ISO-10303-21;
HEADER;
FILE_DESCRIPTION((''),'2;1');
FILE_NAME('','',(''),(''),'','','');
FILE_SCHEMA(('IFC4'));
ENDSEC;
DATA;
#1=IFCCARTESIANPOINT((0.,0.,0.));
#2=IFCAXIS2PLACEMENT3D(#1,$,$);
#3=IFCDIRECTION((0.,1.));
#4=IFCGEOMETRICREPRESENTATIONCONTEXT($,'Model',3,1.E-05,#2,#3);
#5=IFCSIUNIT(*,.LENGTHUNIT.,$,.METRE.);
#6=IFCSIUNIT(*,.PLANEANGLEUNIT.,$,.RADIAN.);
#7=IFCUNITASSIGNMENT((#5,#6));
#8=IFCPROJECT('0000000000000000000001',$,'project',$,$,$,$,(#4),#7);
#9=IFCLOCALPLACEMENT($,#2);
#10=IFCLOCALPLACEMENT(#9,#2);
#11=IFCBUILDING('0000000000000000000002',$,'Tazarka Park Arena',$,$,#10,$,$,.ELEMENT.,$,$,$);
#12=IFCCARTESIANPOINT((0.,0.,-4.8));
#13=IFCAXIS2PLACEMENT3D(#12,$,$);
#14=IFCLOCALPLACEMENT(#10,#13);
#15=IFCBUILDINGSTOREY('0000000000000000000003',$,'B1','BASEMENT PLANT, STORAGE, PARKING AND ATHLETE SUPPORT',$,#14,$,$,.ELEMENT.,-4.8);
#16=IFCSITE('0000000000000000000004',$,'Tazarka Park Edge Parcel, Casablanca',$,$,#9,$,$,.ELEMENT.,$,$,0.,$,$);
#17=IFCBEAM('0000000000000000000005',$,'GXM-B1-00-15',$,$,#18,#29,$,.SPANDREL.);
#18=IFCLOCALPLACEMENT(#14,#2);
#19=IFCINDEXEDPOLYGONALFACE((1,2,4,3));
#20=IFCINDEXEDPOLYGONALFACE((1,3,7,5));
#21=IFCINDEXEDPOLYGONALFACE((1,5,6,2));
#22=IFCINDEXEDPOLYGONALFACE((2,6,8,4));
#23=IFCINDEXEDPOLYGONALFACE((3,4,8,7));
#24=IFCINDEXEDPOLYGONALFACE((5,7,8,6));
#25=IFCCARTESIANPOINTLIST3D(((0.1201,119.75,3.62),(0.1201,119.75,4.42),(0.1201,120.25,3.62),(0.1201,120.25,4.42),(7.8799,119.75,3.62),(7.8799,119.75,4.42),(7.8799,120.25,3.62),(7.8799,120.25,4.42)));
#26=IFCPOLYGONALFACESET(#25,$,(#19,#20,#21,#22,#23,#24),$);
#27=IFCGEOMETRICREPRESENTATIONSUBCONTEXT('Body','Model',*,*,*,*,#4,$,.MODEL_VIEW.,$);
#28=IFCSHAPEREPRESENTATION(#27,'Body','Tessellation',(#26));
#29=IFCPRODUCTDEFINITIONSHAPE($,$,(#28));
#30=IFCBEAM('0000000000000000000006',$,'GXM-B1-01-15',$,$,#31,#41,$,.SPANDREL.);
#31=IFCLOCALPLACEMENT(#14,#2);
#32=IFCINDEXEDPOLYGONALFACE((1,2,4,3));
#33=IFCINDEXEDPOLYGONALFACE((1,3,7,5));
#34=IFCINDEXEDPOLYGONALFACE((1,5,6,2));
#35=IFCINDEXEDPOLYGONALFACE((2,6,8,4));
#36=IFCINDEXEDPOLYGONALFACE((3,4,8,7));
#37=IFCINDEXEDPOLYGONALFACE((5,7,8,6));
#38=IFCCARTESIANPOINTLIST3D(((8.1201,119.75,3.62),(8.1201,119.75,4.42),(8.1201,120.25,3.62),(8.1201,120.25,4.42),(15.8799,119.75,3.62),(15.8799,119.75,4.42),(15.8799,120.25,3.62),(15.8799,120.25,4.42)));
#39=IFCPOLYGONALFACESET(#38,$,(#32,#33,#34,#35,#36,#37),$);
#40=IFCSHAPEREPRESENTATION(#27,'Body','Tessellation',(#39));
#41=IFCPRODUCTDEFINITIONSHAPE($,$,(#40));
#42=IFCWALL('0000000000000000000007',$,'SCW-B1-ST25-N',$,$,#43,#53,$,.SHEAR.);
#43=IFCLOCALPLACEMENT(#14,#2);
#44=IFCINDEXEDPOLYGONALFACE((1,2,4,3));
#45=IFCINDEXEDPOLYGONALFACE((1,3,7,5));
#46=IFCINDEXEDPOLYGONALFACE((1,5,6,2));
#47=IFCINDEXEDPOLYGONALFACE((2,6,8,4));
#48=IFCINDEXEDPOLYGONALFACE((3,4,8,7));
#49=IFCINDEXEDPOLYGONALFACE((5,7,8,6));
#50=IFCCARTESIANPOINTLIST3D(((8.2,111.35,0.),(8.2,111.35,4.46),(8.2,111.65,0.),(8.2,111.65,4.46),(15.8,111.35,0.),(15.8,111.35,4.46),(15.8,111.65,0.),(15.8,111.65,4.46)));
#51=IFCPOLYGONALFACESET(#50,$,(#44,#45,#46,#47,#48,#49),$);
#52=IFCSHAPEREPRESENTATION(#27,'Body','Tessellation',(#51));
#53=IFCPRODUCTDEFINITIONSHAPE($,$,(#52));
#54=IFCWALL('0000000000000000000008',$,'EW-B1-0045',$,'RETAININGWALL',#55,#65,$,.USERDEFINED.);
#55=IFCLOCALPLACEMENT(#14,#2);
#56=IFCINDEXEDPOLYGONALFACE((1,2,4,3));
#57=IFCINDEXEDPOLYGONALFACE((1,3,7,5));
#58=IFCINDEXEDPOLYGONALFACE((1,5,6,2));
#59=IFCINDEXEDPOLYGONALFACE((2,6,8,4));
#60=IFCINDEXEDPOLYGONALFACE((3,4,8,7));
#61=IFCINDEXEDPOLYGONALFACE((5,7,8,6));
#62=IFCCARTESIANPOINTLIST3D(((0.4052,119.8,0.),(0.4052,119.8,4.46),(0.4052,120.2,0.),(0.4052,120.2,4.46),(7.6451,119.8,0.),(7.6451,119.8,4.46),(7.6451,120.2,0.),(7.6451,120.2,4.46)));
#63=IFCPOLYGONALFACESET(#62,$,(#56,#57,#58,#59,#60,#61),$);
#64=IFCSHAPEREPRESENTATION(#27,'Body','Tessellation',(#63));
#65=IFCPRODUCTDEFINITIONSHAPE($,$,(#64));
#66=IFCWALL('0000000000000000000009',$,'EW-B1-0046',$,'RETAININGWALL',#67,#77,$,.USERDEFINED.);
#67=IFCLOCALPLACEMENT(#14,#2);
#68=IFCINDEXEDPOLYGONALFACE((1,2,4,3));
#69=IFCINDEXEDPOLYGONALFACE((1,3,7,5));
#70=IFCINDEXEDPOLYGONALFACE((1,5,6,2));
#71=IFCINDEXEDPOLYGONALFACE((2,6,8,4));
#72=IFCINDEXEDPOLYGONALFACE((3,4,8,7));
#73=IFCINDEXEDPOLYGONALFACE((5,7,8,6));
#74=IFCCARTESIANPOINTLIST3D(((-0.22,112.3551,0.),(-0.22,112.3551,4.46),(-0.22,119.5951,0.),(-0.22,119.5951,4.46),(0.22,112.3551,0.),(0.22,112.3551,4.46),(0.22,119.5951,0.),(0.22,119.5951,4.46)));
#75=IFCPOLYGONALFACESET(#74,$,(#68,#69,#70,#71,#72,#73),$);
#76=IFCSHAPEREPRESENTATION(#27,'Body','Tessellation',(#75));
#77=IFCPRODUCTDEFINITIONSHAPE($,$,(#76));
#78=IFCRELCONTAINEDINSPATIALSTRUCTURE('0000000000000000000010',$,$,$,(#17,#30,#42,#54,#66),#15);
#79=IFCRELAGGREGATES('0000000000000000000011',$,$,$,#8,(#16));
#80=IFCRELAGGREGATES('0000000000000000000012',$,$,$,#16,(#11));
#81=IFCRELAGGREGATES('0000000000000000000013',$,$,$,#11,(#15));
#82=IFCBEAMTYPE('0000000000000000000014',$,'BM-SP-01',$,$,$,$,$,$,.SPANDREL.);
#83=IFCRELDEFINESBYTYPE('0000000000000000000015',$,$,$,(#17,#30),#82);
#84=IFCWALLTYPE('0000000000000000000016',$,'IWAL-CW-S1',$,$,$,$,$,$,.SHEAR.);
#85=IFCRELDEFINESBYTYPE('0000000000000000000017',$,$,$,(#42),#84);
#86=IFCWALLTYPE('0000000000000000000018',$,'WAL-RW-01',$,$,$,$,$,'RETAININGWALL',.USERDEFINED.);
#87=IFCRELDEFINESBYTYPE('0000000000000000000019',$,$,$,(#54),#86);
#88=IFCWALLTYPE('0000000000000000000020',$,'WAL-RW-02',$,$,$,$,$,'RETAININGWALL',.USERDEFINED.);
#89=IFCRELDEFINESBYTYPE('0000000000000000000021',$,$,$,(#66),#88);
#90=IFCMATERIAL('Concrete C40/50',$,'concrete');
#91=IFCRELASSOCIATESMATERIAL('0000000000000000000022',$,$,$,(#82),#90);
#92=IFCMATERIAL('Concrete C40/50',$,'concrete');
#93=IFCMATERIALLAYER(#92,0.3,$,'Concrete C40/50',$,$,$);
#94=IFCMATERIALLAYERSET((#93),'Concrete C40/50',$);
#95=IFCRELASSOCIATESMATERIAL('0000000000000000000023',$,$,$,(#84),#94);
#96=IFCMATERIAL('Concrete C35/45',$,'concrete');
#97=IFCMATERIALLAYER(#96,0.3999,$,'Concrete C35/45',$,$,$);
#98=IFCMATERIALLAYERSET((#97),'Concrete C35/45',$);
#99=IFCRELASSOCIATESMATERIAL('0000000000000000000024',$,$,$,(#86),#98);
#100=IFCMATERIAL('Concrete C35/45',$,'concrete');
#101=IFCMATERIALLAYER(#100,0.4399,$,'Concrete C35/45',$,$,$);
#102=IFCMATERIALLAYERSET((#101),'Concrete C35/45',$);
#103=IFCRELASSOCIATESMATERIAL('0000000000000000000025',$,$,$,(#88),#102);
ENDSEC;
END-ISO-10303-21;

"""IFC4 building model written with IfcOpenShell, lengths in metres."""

from ifc_helpers import new_model, si_unit, direction, frame, frame_2d, origin, origin_2d, place, context, subcontext, project, spatial, rectangle, extrude, material, layer, layer_set, material_profile, profile_set, type_object, element, save


model = new_model("IFC4")

# Units and contexts
model_context = context("Model", 3, precision=1e-05, world=origin(), true_north=direction((0.0, 1.0)))
body_context = subcontext(model_context, "Body", "Model", "MODEL_VIEW")
ifc_project = project(units=[si_unit("LENGTHUNIT", "METRE"), si_unit("PLANEANGLEUNIT", "RADIAN")], contexts=[model_context])

# Site, building, storey
site_placement = place(None, origin())
site = spatial("IfcSite", under=ifc_project, at=site_placement, Name="Tazarka Park Edge Parcel, Casablanca", CompositionType="ELEMENT", RefElevation=0.0)
building_placement = place(site_placement, origin())
building = spatial("IfcBuilding", under=site, at=building_placement, Name="Tazarka Park Arena", CompositionType="ELEMENT")
storey_placement = place(building_placement, frame((0.0, 0.0, -4.8)))
storey = spatial("IfcBuildingStorey", under=building, at=storey_placement, Name="B1", Description="BASEMENT PLANT, STORAGE, PARKING AND ATHLETE SUPPORT", CompositionType="ELEMENT", Elevation=-4.8)

# Beams
ifc_material_1 = material(Name="Concrete C40/50", Category="concrete")
ifc_material_profile_1 = material_profile(ifc_material_1, rectangle(XDim=0.5, YDim=0.8, at=origin_2d()), Name="Concrete C40/50")
ifc_profile_set_1 = profile_set([ifc_material_profile_1], Name="Concrete C40/50")
beam_type_1 = type_object("IfcBeamType", Name="BM-SP-01", PredefinedType="SPANDREL", material=ifc_profile_set_1)
for number, where, z_axis, x_axis, name in (
    (1, (0.1201, 120.0, 4.02), (1.0, 0.0, 0.0), (0.0, 1.0, 0.0), "GXM-B1-00-15"),
    (2, (8.1201, 120.0, 4.02), (1.0, 0.0, 0.0), (0.0, 1.0, 0.0), "GXM-B1-01-15"),
):
    element("IfcBeam", number, at=place(storey_placement, frame(where, z_axis=z_axis, x_axis=x_axis)), inside=storey, type_object=beam_type_1, Name=name, PredefinedType="SPANDREL", context=body_context, shape_type="SweptSolid", body=[
        extrude(rectangle(XDim=0.5, YDim=0.8, at=origin_2d()), origin(), (0.0, 0.0, 1.0), 7.7598),
    ])

# Walls
ifc_material_2 = material(Name="Concrete C40/50", Category="concrete")
ifc_layer_1 = layer(ifc_material_2, 0.3, Name="Concrete C40/50")
ifc_layer_set_1 = layer_set([ifc_layer_1], Name="Concrete C40/50")
wall_type_1 = type_object("IfcWallType", Name="IWAL-CW-S1", PredefinedType="SHEAR", material=ifc_layer_set_1)
wall_1_placement = place(storey_placement, frame((8.2, 111.5, 0.0), z_axis=(0.0, 0.0, 1.0), x_axis=(1.0, 0.0, 0.0)))
element("IfcWall", 3, at=wall_1_placement, inside=storey, type_object=wall_type_1, Name="SCW-B1-ST25-N", PredefinedType="SHEAR", context=body_context, shape_type="SweptSolid", body=[
    extrude(rectangle(XDim=7.6001, YDim=0.3, at=frame_2d((3.8, 0.0))), origin(), (0.0, 0.0, 1.0), 4.46),
])
ifc_material_3 = material(Name="Concrete C35/45", Category="concrete")
ifc_layer_2 = layer(ifc_material_3, 0.3999, Name="Concrete C35/45")
ifc_layer_set_2 = layer_set([ifc_layer_2], Name="Concrete C35/45")
wall_type_2 = type_object("IfcWallType", Name="WAL-RW-01", ElementType="RETAININGWALL", PredefinedType="USERDEFINED", material=ifc_layer_set_2)
wall_2_placement = place(storey_placement, frame((0.405, 120.0, 0.0), z_axis=(0.0, 0.0, 1.0), x_axis=(1.0, 0.0, 0.0)))
element("IfcWall", 4, at=wall_2_placement, inside=storey, type_object=wall_type_2, Name="EW-B1-0045", ObjectType="RETAININGWALL", PredefinedType="USERDEFINED", context=body_context, shape_type="SweptSolid", body=[
    extrude(rectangle(XDim=7.24, YDim=0.3999, at=frame_2d((3.6201, 0.0))), origin(), (0.0, 0.0, 1.0), 4.46),
])
ifc_material_4 = material(Name="Concrete C35/45", Category="concrete")
ifc_layer_3 = layer(ifc_material_4, 0.4399, Name="Concrete C35/45")
ifc_layer_set_3 = layer_set([ifc_layer_3], Name="Concrete C35/45")
wall_type_3 = type_object("IfcWallType", Name="WAL-RW-02", ElementType="RETAININGWALL", PredefinedType="USERDEFINED", material=ifc_layer_set_3)
wall_3_placement = place(storey_placement, frame((0.0, 112.355, 0.0), z_axis=(0.0, 0.0, 1.0), x_axis=(0.0, 1.0, 0.0)))
element("IfcWall", 5, at=wall_3_placement, inside=storey, type_object=wall_type_3, Name="EW-B1-0046", ObjectType="RETAININGWALL", PredefinedType="USERDEFINED", context=body_context, shape_type="SweptSolid", body=[
    extrude(rectangle(XDim=7.24, YDim=0.4399, at=frame_2d((3.6201, 0.0))), origin(), (0.0, 0.0, 1.0), 4.46),
])

save(model, "model.ifc")
